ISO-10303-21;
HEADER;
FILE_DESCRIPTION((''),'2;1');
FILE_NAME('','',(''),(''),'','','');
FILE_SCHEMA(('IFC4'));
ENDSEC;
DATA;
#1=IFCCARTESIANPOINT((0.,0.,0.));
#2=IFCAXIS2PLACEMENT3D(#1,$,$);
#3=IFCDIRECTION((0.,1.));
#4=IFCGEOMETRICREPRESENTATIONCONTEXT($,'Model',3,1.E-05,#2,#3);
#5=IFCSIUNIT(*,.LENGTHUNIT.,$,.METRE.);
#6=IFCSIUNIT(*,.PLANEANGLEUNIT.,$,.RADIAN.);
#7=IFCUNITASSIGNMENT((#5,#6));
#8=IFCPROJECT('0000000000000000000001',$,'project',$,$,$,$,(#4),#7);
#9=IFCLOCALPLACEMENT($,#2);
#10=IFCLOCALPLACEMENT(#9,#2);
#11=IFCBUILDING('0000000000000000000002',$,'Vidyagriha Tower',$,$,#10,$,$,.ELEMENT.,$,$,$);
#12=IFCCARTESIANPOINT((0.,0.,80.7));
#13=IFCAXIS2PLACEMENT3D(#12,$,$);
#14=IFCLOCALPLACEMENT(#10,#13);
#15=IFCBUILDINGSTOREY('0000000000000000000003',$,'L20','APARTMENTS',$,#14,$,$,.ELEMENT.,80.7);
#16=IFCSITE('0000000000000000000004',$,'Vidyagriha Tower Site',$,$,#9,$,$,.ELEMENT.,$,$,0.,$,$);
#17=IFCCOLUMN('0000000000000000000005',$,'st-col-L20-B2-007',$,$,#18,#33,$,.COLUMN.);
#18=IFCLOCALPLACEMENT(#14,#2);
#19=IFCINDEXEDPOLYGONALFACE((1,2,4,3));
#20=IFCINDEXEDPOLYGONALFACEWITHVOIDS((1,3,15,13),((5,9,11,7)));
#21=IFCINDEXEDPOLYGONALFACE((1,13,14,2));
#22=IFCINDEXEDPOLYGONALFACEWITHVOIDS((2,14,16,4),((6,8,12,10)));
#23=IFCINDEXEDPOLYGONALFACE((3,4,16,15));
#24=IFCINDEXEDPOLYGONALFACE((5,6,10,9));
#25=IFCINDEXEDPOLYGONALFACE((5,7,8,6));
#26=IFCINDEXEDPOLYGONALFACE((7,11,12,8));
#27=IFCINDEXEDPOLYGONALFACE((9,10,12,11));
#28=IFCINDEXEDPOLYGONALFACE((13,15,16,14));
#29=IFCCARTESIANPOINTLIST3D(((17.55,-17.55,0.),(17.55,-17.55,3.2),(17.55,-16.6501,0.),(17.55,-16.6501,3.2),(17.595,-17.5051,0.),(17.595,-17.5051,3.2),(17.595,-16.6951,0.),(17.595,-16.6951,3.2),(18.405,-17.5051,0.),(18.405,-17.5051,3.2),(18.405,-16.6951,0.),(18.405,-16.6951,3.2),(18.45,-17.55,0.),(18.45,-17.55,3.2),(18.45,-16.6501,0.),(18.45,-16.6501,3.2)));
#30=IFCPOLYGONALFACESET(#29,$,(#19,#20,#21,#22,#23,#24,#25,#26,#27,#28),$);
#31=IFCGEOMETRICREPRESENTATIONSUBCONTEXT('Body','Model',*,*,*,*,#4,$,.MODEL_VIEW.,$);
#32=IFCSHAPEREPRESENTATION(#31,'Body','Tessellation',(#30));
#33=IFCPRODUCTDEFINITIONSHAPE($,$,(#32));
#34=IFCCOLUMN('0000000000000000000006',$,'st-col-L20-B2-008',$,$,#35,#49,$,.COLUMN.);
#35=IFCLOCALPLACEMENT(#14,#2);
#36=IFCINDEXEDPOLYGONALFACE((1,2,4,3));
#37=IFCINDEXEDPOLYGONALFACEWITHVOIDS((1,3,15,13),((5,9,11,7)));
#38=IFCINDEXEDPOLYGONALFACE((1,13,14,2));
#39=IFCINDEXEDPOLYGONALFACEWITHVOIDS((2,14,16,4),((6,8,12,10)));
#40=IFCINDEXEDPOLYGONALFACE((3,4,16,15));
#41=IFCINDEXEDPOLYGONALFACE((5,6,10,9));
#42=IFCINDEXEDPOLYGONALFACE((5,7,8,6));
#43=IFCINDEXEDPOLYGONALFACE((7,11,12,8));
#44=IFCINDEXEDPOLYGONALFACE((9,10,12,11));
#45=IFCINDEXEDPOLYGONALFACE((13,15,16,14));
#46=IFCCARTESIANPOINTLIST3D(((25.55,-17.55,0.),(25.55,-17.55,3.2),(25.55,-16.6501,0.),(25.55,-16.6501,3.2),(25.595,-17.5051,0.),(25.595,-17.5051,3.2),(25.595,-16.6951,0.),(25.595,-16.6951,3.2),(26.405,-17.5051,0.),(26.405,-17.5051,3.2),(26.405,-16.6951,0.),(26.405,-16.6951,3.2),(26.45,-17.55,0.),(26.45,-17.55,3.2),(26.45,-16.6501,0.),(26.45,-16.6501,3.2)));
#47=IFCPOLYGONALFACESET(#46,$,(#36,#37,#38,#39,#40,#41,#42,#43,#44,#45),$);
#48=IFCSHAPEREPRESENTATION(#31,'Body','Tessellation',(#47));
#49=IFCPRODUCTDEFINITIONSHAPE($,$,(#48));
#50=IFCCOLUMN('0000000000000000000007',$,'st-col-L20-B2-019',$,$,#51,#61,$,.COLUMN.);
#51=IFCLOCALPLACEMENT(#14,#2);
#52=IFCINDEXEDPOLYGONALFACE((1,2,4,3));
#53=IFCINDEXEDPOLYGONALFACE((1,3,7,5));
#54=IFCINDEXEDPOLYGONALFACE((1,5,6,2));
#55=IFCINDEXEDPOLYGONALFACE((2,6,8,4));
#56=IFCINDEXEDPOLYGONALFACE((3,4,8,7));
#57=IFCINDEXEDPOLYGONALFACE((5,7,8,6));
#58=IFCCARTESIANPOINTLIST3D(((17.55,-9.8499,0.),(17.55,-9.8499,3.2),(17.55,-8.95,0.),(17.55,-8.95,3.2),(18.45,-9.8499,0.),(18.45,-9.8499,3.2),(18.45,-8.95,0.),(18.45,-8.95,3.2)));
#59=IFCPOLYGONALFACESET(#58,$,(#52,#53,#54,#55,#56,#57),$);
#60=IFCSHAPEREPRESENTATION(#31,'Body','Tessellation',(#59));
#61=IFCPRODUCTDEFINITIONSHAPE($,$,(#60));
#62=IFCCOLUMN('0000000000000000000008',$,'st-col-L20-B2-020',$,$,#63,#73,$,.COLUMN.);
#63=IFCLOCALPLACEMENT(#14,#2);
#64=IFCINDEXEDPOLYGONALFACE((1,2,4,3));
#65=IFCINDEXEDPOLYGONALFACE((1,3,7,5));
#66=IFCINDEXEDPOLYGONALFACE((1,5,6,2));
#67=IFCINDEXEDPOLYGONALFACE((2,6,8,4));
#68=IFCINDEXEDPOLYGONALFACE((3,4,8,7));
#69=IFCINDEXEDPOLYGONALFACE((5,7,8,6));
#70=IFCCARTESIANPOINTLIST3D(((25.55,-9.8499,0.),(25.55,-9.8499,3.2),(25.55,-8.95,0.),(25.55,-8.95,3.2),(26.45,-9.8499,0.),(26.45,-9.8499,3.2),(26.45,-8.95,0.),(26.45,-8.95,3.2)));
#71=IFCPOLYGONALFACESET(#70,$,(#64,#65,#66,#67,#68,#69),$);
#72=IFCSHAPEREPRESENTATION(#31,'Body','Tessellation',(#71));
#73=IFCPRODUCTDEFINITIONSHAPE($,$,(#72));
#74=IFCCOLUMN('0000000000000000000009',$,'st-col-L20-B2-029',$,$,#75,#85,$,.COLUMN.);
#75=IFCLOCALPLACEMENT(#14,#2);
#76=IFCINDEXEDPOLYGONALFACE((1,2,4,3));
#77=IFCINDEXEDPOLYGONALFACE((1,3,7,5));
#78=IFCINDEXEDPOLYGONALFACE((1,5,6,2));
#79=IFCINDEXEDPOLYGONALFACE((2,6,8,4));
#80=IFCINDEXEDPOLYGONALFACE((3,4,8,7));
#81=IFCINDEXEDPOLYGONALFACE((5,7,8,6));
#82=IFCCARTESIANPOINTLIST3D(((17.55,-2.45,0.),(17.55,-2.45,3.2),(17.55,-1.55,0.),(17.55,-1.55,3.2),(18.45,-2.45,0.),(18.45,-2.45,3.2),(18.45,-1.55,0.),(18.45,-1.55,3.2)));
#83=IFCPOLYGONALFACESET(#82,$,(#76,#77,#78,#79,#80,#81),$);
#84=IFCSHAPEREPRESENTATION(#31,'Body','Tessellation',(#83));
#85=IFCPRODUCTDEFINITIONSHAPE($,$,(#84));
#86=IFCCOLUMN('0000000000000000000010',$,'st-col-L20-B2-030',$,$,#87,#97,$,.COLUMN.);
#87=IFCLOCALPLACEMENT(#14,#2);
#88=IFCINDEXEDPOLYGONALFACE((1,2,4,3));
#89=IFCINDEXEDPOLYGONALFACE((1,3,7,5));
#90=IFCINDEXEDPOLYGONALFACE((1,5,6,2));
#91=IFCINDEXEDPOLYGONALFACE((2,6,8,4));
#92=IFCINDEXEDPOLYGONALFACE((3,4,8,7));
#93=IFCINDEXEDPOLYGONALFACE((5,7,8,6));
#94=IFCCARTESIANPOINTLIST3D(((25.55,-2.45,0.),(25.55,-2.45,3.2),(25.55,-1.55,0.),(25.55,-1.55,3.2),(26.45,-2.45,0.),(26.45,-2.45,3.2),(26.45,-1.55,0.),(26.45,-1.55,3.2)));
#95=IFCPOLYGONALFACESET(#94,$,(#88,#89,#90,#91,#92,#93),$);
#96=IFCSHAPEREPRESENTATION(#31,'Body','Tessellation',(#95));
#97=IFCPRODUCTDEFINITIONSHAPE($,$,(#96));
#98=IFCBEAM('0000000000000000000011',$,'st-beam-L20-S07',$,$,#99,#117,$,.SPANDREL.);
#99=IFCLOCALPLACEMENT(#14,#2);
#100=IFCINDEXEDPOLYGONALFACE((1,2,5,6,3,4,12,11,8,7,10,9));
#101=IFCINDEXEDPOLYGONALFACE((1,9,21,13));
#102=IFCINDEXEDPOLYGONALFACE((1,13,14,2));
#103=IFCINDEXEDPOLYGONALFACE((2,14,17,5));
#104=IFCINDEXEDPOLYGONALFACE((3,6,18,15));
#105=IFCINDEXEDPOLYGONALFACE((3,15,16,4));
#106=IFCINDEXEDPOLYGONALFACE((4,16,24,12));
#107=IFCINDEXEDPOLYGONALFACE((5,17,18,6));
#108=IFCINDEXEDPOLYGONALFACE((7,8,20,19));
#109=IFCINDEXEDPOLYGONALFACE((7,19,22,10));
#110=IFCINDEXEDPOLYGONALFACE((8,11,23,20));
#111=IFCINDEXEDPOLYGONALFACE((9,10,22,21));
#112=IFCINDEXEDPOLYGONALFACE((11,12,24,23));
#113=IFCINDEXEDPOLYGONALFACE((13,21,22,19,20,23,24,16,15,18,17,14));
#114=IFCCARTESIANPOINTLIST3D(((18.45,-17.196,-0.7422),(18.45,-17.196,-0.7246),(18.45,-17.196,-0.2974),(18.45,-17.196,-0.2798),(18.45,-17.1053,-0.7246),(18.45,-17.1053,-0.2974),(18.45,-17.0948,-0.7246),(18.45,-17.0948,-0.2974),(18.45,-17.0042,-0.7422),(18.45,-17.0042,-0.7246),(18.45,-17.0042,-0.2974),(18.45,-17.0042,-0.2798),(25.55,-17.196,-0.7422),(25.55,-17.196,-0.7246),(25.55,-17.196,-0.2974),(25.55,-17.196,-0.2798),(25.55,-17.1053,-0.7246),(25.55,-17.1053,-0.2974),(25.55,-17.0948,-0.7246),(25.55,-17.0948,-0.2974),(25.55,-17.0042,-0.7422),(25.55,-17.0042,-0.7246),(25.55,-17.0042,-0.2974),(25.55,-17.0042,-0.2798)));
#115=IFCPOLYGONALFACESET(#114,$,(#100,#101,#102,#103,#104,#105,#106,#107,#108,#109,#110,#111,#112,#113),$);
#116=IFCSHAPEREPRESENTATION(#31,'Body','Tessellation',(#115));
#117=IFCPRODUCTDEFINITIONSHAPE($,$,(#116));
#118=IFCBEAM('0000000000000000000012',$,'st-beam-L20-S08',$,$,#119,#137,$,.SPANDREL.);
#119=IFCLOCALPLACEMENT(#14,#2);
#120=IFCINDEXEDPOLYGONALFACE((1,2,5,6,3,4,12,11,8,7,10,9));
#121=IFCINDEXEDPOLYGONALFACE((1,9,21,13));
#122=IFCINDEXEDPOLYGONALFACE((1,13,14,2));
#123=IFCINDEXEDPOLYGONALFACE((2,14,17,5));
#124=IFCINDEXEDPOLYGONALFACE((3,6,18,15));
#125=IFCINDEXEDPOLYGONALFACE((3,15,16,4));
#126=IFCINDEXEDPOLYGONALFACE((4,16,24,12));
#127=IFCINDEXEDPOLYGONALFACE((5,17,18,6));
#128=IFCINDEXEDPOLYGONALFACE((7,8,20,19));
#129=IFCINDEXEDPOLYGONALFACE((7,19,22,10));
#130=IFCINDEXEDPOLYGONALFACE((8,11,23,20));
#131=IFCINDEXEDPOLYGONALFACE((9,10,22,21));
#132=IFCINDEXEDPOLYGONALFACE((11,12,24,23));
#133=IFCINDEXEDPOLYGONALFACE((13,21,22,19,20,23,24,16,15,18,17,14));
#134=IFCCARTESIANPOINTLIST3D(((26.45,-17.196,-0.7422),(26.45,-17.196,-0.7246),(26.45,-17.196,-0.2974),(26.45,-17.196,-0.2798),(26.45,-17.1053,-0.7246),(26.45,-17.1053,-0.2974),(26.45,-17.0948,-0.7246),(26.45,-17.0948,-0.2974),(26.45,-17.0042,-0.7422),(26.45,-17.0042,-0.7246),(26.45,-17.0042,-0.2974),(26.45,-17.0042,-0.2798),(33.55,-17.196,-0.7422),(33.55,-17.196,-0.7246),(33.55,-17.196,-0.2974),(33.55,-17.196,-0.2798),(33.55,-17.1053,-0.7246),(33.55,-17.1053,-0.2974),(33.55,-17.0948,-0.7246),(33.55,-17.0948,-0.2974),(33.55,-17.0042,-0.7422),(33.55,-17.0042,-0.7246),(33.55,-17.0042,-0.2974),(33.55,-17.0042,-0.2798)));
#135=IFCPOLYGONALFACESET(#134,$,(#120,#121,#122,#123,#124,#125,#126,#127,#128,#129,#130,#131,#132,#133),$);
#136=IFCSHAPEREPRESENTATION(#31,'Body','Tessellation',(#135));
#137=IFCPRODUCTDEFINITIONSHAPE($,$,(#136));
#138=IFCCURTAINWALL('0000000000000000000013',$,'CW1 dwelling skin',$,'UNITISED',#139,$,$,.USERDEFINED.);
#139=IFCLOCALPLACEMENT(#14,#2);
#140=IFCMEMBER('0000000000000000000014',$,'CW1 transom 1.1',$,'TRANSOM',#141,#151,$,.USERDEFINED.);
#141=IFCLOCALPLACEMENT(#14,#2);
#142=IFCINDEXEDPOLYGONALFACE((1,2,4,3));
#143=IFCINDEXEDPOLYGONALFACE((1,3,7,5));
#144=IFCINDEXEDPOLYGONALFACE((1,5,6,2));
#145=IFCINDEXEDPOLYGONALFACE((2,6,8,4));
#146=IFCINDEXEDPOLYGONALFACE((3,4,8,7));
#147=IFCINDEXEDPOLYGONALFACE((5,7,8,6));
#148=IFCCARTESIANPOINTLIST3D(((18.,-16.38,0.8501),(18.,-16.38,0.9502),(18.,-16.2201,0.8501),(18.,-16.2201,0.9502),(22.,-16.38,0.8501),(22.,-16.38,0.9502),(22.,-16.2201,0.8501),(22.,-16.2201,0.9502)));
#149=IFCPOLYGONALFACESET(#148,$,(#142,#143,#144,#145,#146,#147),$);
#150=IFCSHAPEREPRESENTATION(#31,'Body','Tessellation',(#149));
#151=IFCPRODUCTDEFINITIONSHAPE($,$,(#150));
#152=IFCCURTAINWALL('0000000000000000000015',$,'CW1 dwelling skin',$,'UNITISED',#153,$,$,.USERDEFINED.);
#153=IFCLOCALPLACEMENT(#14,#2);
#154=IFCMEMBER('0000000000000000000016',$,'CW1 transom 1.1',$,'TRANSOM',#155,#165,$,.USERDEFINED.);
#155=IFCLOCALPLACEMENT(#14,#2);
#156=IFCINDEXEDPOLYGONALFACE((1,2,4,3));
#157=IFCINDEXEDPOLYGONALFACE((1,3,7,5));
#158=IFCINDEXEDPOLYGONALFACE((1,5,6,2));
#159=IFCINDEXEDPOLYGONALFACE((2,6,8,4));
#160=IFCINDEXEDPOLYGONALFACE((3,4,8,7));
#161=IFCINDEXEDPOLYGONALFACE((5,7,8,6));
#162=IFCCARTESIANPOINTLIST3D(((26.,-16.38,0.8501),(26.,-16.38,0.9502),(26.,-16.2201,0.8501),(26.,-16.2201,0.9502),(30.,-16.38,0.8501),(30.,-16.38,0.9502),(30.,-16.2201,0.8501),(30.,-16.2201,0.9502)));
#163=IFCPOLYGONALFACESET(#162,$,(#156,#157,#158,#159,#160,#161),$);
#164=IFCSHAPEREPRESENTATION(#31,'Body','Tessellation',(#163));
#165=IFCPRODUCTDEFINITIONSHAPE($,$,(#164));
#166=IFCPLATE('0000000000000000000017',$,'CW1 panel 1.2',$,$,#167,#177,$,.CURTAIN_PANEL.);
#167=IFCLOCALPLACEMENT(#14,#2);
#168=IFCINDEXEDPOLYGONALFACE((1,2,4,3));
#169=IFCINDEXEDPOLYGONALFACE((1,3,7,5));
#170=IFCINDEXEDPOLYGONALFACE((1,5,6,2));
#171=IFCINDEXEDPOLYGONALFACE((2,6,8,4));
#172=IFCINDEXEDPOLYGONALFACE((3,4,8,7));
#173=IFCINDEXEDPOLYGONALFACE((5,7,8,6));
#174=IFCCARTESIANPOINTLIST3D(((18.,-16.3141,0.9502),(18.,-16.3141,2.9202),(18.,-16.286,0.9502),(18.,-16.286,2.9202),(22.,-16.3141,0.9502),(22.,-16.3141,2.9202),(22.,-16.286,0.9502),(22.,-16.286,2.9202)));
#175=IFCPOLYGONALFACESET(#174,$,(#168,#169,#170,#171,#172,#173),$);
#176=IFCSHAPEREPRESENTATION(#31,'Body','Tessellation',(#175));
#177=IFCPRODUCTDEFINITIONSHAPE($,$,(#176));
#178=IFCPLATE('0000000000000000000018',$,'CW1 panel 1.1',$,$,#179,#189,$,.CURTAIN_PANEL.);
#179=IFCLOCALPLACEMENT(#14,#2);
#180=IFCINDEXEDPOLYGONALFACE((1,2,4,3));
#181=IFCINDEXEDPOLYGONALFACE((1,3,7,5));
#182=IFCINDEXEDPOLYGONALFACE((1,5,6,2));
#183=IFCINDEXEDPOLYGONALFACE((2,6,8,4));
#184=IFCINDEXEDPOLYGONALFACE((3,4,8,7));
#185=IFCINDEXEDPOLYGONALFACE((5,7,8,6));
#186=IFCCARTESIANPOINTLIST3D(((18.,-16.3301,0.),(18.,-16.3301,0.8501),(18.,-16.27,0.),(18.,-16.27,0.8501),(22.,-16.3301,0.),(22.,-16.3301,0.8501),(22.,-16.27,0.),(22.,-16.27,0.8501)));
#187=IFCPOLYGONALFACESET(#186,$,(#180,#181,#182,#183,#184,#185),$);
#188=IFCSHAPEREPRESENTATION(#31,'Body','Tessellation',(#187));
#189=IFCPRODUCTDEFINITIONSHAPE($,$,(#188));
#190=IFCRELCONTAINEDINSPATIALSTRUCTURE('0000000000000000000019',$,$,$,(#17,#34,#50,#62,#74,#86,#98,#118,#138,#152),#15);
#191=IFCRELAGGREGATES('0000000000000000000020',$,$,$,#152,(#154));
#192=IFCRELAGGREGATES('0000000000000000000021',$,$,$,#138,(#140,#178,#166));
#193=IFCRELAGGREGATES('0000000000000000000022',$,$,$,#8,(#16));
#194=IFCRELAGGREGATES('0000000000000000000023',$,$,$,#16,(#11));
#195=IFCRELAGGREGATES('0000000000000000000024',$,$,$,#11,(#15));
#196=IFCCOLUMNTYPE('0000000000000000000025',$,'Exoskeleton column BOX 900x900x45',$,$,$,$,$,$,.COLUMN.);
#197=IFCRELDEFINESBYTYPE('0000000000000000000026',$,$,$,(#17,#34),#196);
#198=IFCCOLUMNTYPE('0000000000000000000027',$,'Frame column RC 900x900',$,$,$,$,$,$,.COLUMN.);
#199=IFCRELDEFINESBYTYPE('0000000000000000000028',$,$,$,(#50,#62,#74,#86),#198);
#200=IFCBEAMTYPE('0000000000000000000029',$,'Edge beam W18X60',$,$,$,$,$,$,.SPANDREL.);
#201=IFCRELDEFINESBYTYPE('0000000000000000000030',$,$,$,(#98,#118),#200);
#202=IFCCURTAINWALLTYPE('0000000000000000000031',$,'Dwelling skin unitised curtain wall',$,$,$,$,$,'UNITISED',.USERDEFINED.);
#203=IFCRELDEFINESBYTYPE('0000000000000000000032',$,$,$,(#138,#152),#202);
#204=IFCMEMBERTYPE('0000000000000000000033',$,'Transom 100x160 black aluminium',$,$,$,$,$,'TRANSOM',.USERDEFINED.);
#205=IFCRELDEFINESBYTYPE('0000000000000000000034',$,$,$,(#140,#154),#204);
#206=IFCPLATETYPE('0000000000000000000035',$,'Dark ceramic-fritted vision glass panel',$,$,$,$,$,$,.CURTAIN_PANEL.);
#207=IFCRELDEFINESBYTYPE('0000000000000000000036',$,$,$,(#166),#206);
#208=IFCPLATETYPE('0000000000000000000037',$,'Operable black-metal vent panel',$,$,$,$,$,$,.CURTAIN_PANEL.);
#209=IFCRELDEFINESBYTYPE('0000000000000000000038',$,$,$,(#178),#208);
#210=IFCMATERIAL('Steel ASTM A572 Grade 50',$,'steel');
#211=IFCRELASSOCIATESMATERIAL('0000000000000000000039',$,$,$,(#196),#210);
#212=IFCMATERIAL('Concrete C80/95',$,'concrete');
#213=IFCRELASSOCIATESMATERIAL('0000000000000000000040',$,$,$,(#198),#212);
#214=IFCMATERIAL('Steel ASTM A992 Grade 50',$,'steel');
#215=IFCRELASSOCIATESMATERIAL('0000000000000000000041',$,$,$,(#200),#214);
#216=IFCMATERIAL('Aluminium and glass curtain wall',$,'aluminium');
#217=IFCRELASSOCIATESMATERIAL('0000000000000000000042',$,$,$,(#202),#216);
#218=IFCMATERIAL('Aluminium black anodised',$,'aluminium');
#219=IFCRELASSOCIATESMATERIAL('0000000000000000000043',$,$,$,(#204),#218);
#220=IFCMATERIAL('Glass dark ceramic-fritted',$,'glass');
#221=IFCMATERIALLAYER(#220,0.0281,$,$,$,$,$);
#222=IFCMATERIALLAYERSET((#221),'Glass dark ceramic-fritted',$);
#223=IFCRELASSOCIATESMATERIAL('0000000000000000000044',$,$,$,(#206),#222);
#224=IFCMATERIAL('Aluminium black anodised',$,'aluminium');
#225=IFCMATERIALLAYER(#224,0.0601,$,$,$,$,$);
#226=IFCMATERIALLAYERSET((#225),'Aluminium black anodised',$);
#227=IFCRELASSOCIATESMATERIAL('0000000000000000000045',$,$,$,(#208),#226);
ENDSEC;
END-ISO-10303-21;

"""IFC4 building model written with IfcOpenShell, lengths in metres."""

from ifc_helpers import new_model, si_unit, direction, frame, origin, origin_2d, place, context, subcontext, project, spatial, rectangle, hollow_rectangle, i_section, extrude, material, layer, layer_set, material_profile, profile_set, type_object, element, aggregate, save


model = new_model("IFC4")

# Units and contexts
model_context = context("Model", 3, precision=1e-05, world=origin(), true_north=direction((0.0, 1.0)))
body_context = subcontext(model_context, "Body", "Model", "MODEL_VIEW")
ifc_project = project(units=[si_unit("LENGTHUNIT", "METRE"), si_unit("PLANEANGLEUNIT", "RADIAN")], contexts=[model_context])

# Site, building, storey
site_placement = place(None, origin())
site = spatial("IfcSite", under=ifc_project, at=site_placement, Name="Vidyagriha Tower Site", CompositionType="ELEMENT", RefElevation=0.0)
building_placement = place(site_placement, origin())
building = spatial("IfcBuilding", under=site, at=building_placement, Name="Vidyagriha Tower", CompositionType="ELEMENT")
storey_placement = place(building_placement, frame((0.0, 0.0, 80.7)))
storey = spatial("IfcBuildingStorey", under=building, at=storey_placement, Name="L20", Description="APARTMENTS", CompositionType="ELEMENT", Elevation=80.7)

# Columns
ifc_material_1 = material(Name="Steel ASTM A572 Grade 50", Category="steel")
ifc_material_profile_1 = material_profile(ifc_material_1, hollow_rectangle(XDim=0.8999, YDim=0.8999, WallThickness=0.0449, at=origin_2d()), Name="BOX 900x900x45")
ifc_profile_set_1 = profile_set([ifc_material_profile_1], Name="Steel ASTM A572 Grade 50")
column_type_1 = type_object("IfcColumnType", Name="Exoskeleton column BOX 900x900x45", PredefinedType="COLUMN", material=ifc_profile_set_1)
for number, where, name in (
    (1, (18.0, -17.1001, 0.0), "st-col-L20-B2-007"),
    (2, (26.0, -17.1001, 0.0), "st-col-L20-B2-008"),
):
    element("IfcColumn", number, at=place(storey_placement, frame(where)), inside=storey, type_object=column_type_1, Name=name, PredefinedType="COLUMN", context=body_context, shape_type="SweptSolid", body=[
        extrude(hollow_rectangle(XDim=0.8999, YDim=0.8999, WallThickness=0.0449, at=origin_2d()), origin(), (0.0, 0.0, 1.0), 3.2),
    ])
ifc_material_2 = material(Name="Concrete C80/95", Category="concrete")
ifc_material_profile_2 = material_profile(ifc_material_2, rectangle(XDim=0.8999, YDim=0.8999, at=origin_2d()), Name="RC 900x900")
ifc_profile_set_2 = profile_set([ifc_material_profile_2], Name="Concrete C80/95")
column_type_2 = type_object("IfcColumnType", Name="Frame column RC 900x900", PredefinedType="COLUMN", material=ifc_profile_set_2)
for number, where, name in (
    (3, (18.0, -9.3999, 0.0), "st-col-L20-B2-019"),
    (4, (26.0, -9.3999, 0.0), "st-col-L20-B2-020"),
    (5, (18.0, -2.0, 0.0), "st-col-L20-B2-029"),
    (6, (26.0, -2.0, 0.0), "st-col-L20-B2-030"),
):
    element("IfcColumn", number, at=place(storey_placement, frame(where)), inside=storey, type_object=column_type_2, Name=name, PredefinedType="COLUMN", context=body_context, shape_type="SweptSolid", body=[
        extrude(rectangle(XDim=0.8999, YDim=0.8999, at=origin_2d()), origin(), (0.0, 0.0, 1.0), 3.2),
    ])

# Beams
ifc_material_3 = material(Name="Steel ASTM A992 Grade 50", Category="steel")
ifc_material_profile_3 = material_profile(ifc_material_3, i_section(OverallWidth=0.1919, OverallDepth=0.4624, WebThickness=0.0105, FlangeThickness=0.0176, at=origin_2d()), Name="W18X60")
ifc_profile_set_3 = profile_set([ifc_material_profile_3], Name="Steel ASTM A992 Grade 50")
beam_type = type_object("IfcBeamType", Name="Edge beam W18X60", PredefinedType="SPANDREL", material=ifc_profile_set_3)
for number, where, z_axis, x_axis, name in (
    (7, (18.45, -17.1001, -0.511), (1.0, 0.0, 0.0), (0.0, 1.0, 0.0), "st-beam-L20-S07"),
    (8, (26.45, -17.1001, -0.511), (1.0, 0.0, 0.0), (0.0, 1.0, 0.0), "st-beam-L20-S08"),
):
    element("IfcBeam", number, at=place(storey_placement, frame(where, z_axis=z_axis, x_axis=x_axis)), inside=storey, type_object=beam_type, Name=name, PredefinedType="SPANDREL", context=body_context, shape_type="SweptSolid", body=[
        extrude(i_section(OverallWidth=0.1919, OverallDepth=0.4624, WebThickness=0.0105, FlangeThickness=0.0176, at=origin_2d()), origin(), (0.0, 0.0, 1.0), 7.1001),
    ])

# Curtain walls, members
ifc_material_4 = material(Name="Aluminium and glass curtain wall", Category="aluminium")
curtain_wall_type = type_object("IfcCurtainWallType", Name="Dwelling skin unitised curtain wall", ElementType="UNITISED", PredefinedType="USERDEFINED", material=ifc_material_4)
curtain_wall_1_placement = place(storey_placement, origin())
curtain_wall_1 = element("IfcCurtainWall", 9, at=curtain_wall_1_placement, inside=storey, type_object=curtain_wall_type, Name="CW1 dwelling skin", ObjectType="UNITISED", PredefinedType="USERDEFINED")
ifc_material_5 = material(Name="Aluminium black anodised", Category="aluminium")
ifc_material_profile_4 = material_profile(ifc_material_5, rectangle(XDim=0.1599, YDim=0.1001, at=origin_2d()), Name="Transom 100x160 black aluminium")
ifc_profile_set_4 = profile_set([ifc_material_profile_4], Name="Aluminium black anodised")
member_type = type_object("IfcMemberType", Name="Transom 100x160 black aluminium", ElementType="TRANSOM", PredefinedType="USERDEFINED", material=ifc_profile_set_4)
member_1_placement = place(storey_placement, frame((18.0, -16.3, 0.9001), z_axis=(1.0, 0.0, 0.0), x_axis=(0.0, 1.0, 0.0)))
member_1 = element("IfcMember", 10, at=member_1_placement, type_object=member_type, Name="CW1 transom 1.1", ObjectType="TRANSOM", PredefinedType="USERDEFINED", context=body_context, shape_type="SweptSolid", body=[
    extrude(rectangle(XDim=0.1599, YDim=0.1001, at=origin_2d()), origin(), (0.0, 0.0, 1.0), 4.0),
])
curtain_wall_2_placement = place(storey_placement, origin())
curtain_wall_2 = element("IfcCurtainWall", 11, at=curtain_wall_2_placement, inside=storey, type_object=curtain_wall_type, Name="CW1 dwelling skin", ObjectType="UNITISED", PredefinedType="USERDEFINED")
member_2_placement = place(storey_placement, frame((26.0, -16.3, 0.9001), z_axis=(1.0, 0.0, 0.0), x_axis=(0.0, 1.0, 0.0)))
member_2 = element("IfcMember", 12, at=member_2_placement, type_object=member_type, Name="CW1 transom 1.1", ObjectType="TRANSOM", PredefinedType="USERDEFINED", context=body_context, shape_type="SweptSolid", body=[
    extrude(rectangle(XDim=0.1599, YDim=0.1001, at=origin_2d()), origin(), (0.0, 0.0, 1.0), 4.0),
])
aggregate(curtain_wall_2, [member_2])

# Plates
ifc_material_6 = material(Name="Glass dark ceramic-fritted", Category="glass")
ifc_layer_1 = layer(ifc_material_6, 0.0281)
ifc_layer_set_1 = layer_set([ifc_layer_1], Name="Glass dark ceramic-fritted")
plate_type_1 = type_object("IfcPlateType", Name="Dark ceramic-fritted vision glass panel", PredefinedType="CURTAIN_PANEL", material=ifc_layer_set_1)
plate_1_placement = place(storey_placement, frame((20.0, -16.3, 0.9502)))
plate_1 = element("IfcPlate", 13, at=plate_1_placement, type_object=plate_type_1, Name="CW1 panel 1.2", PredefinedType="CURTAIN_PANEL", context=body_context, shape_type="SweptSolid", body=[
    extrude(rectangle(XDim=4.0, YDim=0.0281, at=origin_2d()), origin(), (0.0, 0.0, 1.0), 1.97),
])
ifc_material_7 = material(Name="Aluminium black anodised", Category="aluminium")
ifc_layer_2 = layer(ifc_material_7, 0.0601)
ifc_layer_set_2 = layer_set([ifc_layer_2], Name="Aluminium black anodised")
plate_type_2 = type_object("IfcPlateType", Name="Operable black-metal vent panel", PredefinedType="CURTAIN_PANEL", material=ifc_layer_set_2)
plate_2_placement = place(storey_placement, frame((20.0, -16.3, 0.0)))
plate_2 = element("IfcPlate", 14, at=plate_2_placement, type_object=plate_type_2, Name="CW1 panel 1.1", PredefinedType="CURTAIN_PANEL", context=body_context, shape_type="SweptSolid", body=[
    extrude(rectangle(XDim=4.0, YDim=0.0601, at=origin_2d()), origin(), (0.0, 0.0, 1.0), 0.8501),
])
aggregate(curtain_wall_1, [member_1, plate_2, plate_1])

save(model, "model.ifc")
